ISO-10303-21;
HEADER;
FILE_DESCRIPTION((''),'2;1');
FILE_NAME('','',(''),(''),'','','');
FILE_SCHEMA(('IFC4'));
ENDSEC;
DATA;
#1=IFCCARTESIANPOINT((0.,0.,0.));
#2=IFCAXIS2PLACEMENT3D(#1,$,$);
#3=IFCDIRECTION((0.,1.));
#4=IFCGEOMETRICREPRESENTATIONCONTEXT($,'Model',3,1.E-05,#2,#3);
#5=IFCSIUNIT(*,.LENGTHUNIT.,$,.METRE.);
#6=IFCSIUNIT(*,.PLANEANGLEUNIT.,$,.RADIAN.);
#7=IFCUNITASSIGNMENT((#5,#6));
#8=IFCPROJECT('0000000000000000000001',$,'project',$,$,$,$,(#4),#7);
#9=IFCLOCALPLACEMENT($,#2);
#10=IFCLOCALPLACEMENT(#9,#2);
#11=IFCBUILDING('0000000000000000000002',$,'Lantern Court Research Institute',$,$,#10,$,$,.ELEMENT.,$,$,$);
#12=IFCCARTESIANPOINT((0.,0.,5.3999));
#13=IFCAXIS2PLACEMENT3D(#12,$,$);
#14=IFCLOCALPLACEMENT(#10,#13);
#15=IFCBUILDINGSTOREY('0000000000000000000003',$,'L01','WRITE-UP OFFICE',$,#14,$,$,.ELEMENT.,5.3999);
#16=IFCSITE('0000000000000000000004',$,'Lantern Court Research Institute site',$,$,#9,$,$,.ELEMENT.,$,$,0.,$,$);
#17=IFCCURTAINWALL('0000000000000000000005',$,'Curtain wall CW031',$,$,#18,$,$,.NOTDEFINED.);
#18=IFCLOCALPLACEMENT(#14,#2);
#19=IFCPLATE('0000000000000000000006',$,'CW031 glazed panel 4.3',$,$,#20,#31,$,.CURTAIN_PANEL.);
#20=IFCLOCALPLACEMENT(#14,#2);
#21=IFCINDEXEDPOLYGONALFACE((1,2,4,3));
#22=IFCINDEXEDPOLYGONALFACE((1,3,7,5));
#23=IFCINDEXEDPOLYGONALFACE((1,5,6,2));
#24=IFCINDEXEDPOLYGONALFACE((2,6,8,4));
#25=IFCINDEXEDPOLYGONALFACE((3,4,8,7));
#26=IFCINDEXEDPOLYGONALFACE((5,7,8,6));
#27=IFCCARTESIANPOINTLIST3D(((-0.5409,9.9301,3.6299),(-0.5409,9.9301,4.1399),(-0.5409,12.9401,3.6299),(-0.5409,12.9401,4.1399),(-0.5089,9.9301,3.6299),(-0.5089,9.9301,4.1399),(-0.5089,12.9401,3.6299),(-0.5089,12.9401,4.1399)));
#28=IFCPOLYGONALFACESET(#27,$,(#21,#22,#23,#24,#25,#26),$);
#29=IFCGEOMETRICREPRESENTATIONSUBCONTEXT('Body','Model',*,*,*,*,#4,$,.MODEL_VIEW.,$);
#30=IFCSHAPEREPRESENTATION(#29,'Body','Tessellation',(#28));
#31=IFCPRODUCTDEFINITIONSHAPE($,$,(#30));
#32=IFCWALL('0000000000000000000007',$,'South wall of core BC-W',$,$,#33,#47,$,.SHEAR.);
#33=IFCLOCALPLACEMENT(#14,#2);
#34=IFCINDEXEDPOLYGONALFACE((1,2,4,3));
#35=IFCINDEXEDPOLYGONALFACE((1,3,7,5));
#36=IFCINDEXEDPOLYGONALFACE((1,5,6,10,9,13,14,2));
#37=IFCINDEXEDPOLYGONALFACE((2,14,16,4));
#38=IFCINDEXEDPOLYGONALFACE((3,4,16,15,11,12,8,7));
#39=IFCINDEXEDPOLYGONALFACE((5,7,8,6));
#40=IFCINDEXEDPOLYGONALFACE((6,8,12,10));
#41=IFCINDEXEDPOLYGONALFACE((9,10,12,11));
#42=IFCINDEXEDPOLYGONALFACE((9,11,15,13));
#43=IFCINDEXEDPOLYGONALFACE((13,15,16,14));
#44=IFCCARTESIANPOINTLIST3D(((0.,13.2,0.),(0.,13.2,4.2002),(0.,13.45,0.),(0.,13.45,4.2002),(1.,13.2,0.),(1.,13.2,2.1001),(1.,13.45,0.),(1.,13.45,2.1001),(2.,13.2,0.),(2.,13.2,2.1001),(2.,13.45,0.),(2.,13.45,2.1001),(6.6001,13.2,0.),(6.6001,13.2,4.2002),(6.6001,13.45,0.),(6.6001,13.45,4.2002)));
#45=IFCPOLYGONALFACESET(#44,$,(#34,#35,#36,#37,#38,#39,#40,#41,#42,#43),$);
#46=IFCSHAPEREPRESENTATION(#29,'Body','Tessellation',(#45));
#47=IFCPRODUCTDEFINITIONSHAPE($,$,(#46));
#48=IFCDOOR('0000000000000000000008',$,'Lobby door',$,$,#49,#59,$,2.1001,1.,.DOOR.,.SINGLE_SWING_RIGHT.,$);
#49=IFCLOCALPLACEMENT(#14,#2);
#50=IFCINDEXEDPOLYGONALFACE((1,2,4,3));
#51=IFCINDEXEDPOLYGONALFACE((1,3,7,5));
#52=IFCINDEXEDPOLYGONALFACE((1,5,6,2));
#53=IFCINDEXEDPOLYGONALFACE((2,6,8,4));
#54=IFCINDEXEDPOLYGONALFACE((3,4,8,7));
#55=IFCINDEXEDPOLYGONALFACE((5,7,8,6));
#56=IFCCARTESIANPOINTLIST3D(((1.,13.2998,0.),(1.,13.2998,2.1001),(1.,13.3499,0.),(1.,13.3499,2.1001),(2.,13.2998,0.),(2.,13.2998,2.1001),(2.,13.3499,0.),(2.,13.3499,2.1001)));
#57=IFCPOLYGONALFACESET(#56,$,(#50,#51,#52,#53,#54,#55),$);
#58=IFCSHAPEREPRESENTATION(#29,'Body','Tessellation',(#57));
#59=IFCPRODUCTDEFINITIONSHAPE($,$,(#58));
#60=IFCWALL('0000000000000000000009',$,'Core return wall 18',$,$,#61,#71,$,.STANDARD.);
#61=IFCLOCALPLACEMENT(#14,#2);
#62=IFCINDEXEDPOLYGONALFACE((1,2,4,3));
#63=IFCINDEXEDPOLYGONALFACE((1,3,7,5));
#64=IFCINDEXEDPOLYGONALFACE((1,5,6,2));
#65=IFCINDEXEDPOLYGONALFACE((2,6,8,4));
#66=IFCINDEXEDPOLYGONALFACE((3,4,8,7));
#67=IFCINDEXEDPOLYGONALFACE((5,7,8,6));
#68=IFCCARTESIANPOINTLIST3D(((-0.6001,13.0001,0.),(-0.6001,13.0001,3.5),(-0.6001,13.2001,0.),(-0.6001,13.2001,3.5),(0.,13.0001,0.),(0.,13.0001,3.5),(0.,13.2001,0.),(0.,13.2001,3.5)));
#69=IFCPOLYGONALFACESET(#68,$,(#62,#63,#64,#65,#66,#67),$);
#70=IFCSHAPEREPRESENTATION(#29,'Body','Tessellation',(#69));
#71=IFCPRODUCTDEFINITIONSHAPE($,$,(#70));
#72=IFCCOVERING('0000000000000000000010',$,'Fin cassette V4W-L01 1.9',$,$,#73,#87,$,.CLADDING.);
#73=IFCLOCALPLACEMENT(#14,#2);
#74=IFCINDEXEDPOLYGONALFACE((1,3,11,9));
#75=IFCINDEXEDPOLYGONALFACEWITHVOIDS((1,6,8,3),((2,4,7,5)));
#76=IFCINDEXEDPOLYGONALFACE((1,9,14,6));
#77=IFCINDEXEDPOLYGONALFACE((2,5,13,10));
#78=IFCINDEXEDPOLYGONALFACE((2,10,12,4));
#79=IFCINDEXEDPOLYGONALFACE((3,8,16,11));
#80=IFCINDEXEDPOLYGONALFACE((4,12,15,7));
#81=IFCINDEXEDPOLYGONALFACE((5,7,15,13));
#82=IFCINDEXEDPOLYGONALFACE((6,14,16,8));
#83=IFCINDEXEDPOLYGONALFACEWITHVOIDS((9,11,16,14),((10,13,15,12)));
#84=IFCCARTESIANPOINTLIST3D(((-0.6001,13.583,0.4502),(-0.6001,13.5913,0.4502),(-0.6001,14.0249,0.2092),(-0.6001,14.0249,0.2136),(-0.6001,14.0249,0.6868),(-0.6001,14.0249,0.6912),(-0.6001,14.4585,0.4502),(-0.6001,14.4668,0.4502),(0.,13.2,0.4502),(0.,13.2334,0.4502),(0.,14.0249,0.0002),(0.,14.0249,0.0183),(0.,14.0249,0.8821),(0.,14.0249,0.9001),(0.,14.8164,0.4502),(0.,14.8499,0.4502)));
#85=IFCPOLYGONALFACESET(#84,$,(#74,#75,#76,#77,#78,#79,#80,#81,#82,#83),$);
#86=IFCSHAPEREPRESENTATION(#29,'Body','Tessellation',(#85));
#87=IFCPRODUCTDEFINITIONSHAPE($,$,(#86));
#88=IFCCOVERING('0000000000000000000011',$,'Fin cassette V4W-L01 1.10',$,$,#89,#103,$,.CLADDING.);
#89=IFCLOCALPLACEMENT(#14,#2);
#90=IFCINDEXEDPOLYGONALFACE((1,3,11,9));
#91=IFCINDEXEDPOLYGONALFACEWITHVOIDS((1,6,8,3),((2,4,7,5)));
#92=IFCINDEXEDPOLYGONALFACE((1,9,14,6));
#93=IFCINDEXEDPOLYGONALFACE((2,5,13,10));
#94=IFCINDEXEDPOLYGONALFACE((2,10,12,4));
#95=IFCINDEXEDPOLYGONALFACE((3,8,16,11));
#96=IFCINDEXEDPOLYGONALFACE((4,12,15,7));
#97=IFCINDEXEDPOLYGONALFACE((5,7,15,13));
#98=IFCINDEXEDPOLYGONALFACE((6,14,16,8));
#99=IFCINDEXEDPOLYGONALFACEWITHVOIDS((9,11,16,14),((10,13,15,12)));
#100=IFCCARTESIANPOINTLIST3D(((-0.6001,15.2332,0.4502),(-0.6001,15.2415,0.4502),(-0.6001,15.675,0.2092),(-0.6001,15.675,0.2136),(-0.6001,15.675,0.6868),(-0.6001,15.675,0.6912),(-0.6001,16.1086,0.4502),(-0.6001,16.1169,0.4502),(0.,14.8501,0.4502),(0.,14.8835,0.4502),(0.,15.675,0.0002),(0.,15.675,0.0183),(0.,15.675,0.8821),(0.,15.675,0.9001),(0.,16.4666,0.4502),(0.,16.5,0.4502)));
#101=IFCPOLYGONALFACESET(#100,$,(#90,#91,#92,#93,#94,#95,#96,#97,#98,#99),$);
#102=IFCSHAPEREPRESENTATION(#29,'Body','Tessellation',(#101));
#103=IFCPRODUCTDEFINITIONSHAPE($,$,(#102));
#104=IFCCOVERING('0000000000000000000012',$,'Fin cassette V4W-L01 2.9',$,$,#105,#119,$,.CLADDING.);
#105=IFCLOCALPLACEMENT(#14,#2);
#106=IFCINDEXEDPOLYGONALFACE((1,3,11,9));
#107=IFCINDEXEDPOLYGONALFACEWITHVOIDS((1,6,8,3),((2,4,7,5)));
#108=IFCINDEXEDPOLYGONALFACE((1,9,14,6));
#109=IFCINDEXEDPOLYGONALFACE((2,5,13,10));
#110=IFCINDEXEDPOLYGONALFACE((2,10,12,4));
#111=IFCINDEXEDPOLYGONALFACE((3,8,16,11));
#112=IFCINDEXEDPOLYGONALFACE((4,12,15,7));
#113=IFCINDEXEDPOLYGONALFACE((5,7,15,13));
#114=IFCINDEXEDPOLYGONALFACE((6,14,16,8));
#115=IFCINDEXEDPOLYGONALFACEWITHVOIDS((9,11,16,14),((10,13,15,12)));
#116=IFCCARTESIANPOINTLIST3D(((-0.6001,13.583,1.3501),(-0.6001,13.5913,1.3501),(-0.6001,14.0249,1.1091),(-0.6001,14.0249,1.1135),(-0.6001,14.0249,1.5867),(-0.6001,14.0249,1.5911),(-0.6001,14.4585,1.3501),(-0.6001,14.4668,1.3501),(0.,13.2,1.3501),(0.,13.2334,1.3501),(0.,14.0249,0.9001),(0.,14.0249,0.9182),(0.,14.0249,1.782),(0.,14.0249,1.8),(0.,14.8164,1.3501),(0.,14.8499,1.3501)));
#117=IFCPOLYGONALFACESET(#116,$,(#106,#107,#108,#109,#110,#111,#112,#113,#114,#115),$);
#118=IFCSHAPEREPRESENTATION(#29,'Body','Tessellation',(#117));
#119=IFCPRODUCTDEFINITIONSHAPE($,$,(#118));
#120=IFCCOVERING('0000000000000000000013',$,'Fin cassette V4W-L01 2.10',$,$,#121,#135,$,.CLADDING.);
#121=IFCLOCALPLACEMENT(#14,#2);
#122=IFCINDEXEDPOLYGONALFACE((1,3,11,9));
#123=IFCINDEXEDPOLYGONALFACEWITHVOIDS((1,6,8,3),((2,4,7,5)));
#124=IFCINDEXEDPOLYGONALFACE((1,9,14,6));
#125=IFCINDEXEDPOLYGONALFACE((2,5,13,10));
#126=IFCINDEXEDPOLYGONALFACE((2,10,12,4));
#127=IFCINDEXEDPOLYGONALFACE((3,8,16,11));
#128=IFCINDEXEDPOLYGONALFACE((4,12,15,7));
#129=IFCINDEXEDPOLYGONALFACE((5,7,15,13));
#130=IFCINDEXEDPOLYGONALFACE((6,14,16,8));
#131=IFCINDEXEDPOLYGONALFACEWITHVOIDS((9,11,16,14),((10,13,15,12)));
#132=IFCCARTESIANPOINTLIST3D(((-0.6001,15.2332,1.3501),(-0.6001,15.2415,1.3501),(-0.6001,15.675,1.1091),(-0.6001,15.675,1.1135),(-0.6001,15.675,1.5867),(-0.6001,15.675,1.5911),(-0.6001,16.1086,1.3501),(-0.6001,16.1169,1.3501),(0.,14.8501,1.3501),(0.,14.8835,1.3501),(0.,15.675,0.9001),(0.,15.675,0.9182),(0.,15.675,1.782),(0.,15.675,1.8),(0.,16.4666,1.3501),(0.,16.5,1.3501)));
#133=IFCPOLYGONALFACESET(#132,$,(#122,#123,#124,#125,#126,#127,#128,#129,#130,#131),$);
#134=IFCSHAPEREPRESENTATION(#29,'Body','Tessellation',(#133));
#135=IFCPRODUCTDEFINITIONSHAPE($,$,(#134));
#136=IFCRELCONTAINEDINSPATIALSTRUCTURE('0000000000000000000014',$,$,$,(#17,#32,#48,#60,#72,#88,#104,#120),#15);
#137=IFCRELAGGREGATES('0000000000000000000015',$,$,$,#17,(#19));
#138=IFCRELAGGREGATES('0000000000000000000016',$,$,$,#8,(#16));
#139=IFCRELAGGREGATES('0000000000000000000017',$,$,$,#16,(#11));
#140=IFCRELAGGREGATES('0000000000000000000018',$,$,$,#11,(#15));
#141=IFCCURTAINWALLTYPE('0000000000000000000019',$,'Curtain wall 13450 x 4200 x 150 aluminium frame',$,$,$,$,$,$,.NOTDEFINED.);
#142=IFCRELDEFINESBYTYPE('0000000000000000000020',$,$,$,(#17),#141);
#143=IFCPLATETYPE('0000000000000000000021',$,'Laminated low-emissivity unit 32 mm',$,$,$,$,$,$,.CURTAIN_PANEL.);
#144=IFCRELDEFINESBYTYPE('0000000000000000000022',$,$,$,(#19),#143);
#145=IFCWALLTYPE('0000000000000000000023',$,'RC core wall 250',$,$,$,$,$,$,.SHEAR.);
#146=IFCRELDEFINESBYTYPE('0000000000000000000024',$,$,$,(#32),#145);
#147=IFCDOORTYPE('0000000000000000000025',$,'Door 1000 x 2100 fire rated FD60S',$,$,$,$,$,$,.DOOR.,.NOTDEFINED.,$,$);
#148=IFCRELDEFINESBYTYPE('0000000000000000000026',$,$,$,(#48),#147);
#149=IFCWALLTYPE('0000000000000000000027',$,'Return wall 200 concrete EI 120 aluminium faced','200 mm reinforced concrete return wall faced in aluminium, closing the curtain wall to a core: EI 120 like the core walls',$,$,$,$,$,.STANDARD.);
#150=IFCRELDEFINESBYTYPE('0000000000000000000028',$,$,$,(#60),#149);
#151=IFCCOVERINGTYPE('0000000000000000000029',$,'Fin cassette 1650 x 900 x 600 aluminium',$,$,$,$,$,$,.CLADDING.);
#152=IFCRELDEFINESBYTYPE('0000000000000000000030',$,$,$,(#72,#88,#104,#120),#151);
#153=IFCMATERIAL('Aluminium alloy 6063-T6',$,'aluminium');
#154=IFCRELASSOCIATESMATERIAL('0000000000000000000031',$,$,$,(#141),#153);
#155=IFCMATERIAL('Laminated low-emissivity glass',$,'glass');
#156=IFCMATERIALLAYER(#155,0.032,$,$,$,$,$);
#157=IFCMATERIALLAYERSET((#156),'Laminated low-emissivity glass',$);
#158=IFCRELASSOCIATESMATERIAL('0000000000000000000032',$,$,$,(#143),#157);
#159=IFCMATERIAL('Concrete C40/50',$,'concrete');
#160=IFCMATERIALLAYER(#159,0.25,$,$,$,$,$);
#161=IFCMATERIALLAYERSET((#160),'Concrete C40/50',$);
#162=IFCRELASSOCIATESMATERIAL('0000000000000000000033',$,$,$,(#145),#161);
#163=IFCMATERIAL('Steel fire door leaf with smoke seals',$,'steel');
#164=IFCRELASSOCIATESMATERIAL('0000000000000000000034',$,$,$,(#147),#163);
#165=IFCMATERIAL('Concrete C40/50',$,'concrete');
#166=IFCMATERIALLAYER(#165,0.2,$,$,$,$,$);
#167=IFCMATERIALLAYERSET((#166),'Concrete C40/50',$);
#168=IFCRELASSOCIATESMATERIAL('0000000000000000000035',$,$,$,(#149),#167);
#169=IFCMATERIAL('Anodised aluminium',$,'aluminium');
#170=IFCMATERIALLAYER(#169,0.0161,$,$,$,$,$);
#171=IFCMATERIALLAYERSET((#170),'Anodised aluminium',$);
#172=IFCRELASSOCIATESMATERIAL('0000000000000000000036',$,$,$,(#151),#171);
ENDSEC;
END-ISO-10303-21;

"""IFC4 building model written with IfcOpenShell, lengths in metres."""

from ifc_helpers import new_model, entity, si_unit, direction, frame, frame_2d, origin, origin_2d, place, context, subcontext, project, spatial, rectangle, extrude, material, layer, layer_set, type_object, element, fill, aggregate, save


model = new_model("IFC4")

# Units and contexts
model_context = context("Model", 3, precision=1e-05, world=origin(), true_north=direction((0.0, 1.0)))
body_context = subcontext(model_context, "Body", "Model", "MODEL_VIEW")
ifc_project = project(units=[si_unit("LENGTHUNIT", "METRE"), si_unit("PLANEANGLEUNIT", "RADIAN")], contexts=[model_context])

# Site, building, storey
site_placement = place(None, origin())
site = spatial("IfcSite", under=ifc_project, at=site_placement, Name="Lantern Court Research Institute site", CompositionType="ELEMENT", RefElevation=0.0)
building_placement = place(site_placement, origin())
building = spatial("IfcBuilding", under=site, at=building_placement, Name="Lantern Court Research Institute", CompositionType="ELEMENT")
storey_placement = place(building_placement, frame((0.0, 0.0, 5.3999)))
storey = spatial("IfcBuildingStorey", under=building, at=storey_placement, Name="L01", Description="WRITE-UP OFFICE", CompositionType="ELEMENT", Elevation=5.3999)

# Curtain wall
ifc_material_1 = material(Name="Aluminium alloy 6063-T6", Category="aluminium")
curtain_wall_type = type_object("IfcCurtainWallType", Name="Curtain wall 13450 x 4200 x 150 aluminium frame", PredefinedType="NOTDEFINED", material=ifc_material_1)
curtain_wall_placement = place(storey_placement, origin())
curtain_wall = element("IfcCurtainWall", 1, at=curtain_wall_placement, inside=storey, type_object=curtain_wall_type, Name="Curtain wall CW031", PredefinedType="NOTDEFINED")

# Plate
ifc_material_2 = material(Name="Laminated low-emissivity glass", Category="glass")
ifc_layer_1 = layer(ifc_material_2, 0.032)
ifc_layer_set_1 = layer_set([ifc_layer_1], Name="Laminated low-emissivity glass")
plate_type_1 = type_object("IfcPlateType", Name="Laminated low-emissivity unit 32 mm", PredefinedType="CURTAIN_PANEL", material=ifc_layer_set_1)
plate_1_placement = place(storey_placement, frame((-0.5249, 11.4351, 3.6299), z_axis=(0.0, 0.0, 1.0), x_axis=(0.0, 1.0, 0.0)))
plate_1 = element("IfcPlate", 2, at=plate_1_placement, type_object=plate_type_1, Name="CW031 glazed panel 4.3", PredefinedType="CURTAIN_PANEL", context=body_context, shape_type="SweptSolid", body=[
    extrude(rectangle(XDim=3.01, YDim=0.032, at=origin_2d()), origin(), (0.0, 0.0, 1.0), 0.51),
])
aggregate(curtain_wall, [plate_1])

# Wall, opening, door
ifc_material_3 = material(Name="Concrete C40/50", Category="concrete")
ifc_layer_2 = layer(ifc_material_3, 0.25)
ifc_layer_set_2 = layer_set([ifc_layer_2], Name="Concrete C40/50")
wall_type_1 = type_object("IfcWallType", Name="RC core wall 250", PredefinedType="SHEAR", material=ifc_layer_set_2)
wall_1_placement = place(storey_placement, frame((0.0, 13.325, 0.0), z_axis=(0.0, 0.0, 1.0), x_axis=(1.0, 0.0, 0.0)))
wall_1 = element("IfcWall", 3, at=wall_1_placement, inside=storey, type_object=wall_type_1, Name="South wall of core BC-W", PredefinedType="SHEAR", context=body_context, shape_type="SweptSolid", body=[
    extrude(rectangle(XDim=6.6001, YDim=0.25, at=frame_2d((3.3, 0.0))), origin(), (0.0, 0.0, 1.0), 4.2002),
])
opening_placement = place(wall_1_placement, frame((1.0, 0.0, 0.0)))
opening = element("IfcOpeningElement", 4, at=opening_placement, cuts=wall_1, PredefinedType="OPENING", context=body_context, shape_type="SweptSolid", body=[
    extrude(rectangle(XDim=1.0, YDim=2.1001, at=frame_2d((0.5, 1.05))), frame((0.0, 0.135, 0.0), z_axis=(0.0, -1.0, 0.0), x_axis=(1.0, 0.0, 0.0)), (0.0, 0.0, 1.0), 0.27),
])
ifc_material_4 = material(Name="Steel fire door leaf with smoke seals", Category="steel")
door_type = type_object("IfcDoorType", Name="Door 1000 x 2100 fire rated FD60S", OperationType="NOTDEFINED", PredefinedType="DOOR", material=ifc_material_4)
door_placement = place(opening_placement, origin())
door = element("IfcDoor", 5, at=door_placement, inside=storey, type_object=door_type, Name="Lobby door", OperationType="SINGLE_SWING_RIGHT", OverallHeight=2.1001, OverallWidth=1.0, PredefinedType="DOOR", context=body_context, shape_type="SweptSolid", body=[
    extrude(rectangle(XDim=1.0, YDim=2.1001, at=frame_2d((0.5, 1.05))), frame((0.0, 0.0249, 0.0), z_axis=(0.0, -1.0, 0.0), x_axis=(1.0, 0.0, 0.0)), (0.0, 0.0, 1.0), 0.05),
])
fill(opening, door)

# Wall
ifc_material_5 = material(Name="Concrete C40/50", Category="concrete")
ifc_layer_3 = layer(ifc_material_5, 0.2)
ifc_layer_set_3 = layer_set([ifc_layer_3], Name="Concrete C40/50")
wall_type_2 = type_object("IfcWallType", Name="Return wall 200 concrete EI 120 aluminium faced", Description="200 mm reinforced concrete return wall faced in aluminium, closing the curtain wall to a core: EI 120 like the core walls", PredefinedType="STANDARD", material=ifc_layer_set_3)
wall_2_placement = place(storey_placement, frame((0.0, 13.1001, 0.0), z_axis=(0.0, 0.0, 1.0), x_axis=(-1.0, 0.0, 0.0)))
element("IfcWall", 6, at=wall_2_placement, inside=storey, type_object=wall_type_2, Name="Core return wall 18", PredefinedType="STANDARD", context=body_context, shape_type="SweptSolid", body=[
    extrude(rectangle(XDim=0.6001, YDim=0.2, at=frame_2d((0.3, 0.0))), origin(), (0.0, 0.0, 1.0), 3.5),
])

# Coverings
ifc_material_6 = material(Name="Anodised aluminium", Category="aluminium")
ifc_layer_4 = layer(ifc_material_6, 0.0161)
ifc_layer_set_4 = layer_set([ifc_layer_4], Name="Anodised aluminium")
covering_type = type_object("IfcCoveringType", Name="Fin cassette 1650 x 900 x 600 aluminium", PredefinedType="CLADDING", material=ifc_layer_set_4)
covering_1_placement = place(storey_placement, frame((0.0, 14.0249, 0.4502), z_axis=(-1.0, 0.0, 0.0), x_axis=(0.0, -1.0, 0.0)))
cartesian_point_1 = entity("IfcCartesianPoint", [0.825, 0.0])
cartesian_point_2 = entity("IfcCartesianPoint", [0.7915, 0.0])
cartesian_point_3 = entity("IfcCartesianPoint", [0.4419, 0.0])
cartesian_point_4 = entity("IfcCartesianPoint", [0.4336, 0.0])
element("IfcCovering", 7, at=covering_1_placement, inside=storey, type_object=covering_type, Name="Fin cassette V4W-L01 1.9", PredefinedType="CLADDING", context=body_context, shape_type="SweptSolid", body=[
    entity("IfcExtrudedAreaSolidTapered", entity("IfcArbitraryProfileDefWithVoids", "AREA", None, entity("IfcPolyline", [cartesian_point_1, entity("IfcCartesianPoint", [0.0, 0.45]), entity("IfcCartesianPoint", [-0.825, 0.0]), entity("IfcCartesianPoint", [0.0, -0.45]), cartesian_point_1]), [entity("IfcPolyline", [cartesian_point_2, entity("IfcCartesianPoint", [0.0, 0.4319]), entity("IfcCartesianPoint", [-0.7915, 0.0]), entity("IfcCartesianPoint", [0.0, -0.4319]), cartesian_point_2])]), entity("IfcAxis2Placement3D", entity("IfcCartesianPoint", [0.0, 0.0, 0.0])), entity("IfcDirection", [0.0, 0.0, 1.0]), 0.6001, entity("IfcArbitraryProfileDefWithVoids", "AREA", None, entity("IfcPolyline", [cartesian_point_3, entity("IfcCartesianPoint", [0.0, 0.241]), entity("IfcCartesianPoint", [-0.4419, 0.0]), entity("IfcCartesianPoint", [0.0, -0.241]), cartesian_point_3]), [entity("IfcPolyline", [cartesian_point_4, entity("IfcCartesianPoint", [0.0, 0.2366]), entity("IfcCartesianPoint", [-0.4336, 0.0]), entity("IfcCartesianPoint", [0.0, -0.2366]), cartesian_point_4])])),
])
covering_2_placement = place(storey_placement, frame((0.0, 15.675, 0.4502), z_axis=(-1.0, 0.0, 0.0), x_axis=(0.0, -1.0, 0.0)))
cartesian_point_5 = entity("IfcCartesianPoint", [0.825, 0.0])
cartesian_point_6 = entity("IfcCartesianPoint", [0.7915, 0.0])
cartesian_point_7 = entity("IfcCartesianPoint", [0.4419, 0.0])
cartesian_point_8 = entity("IfcCartesianPoint", [0.4336, 0.0])
element("IfcCovering", 8, at=covering_2_placement, inside=storey, type_object=covering_type, Name="Fin cassette V4W-L01 1.10", PredefinedType="CLADDING", context=body_context, shape_type="SweptSolid", body=[
    entity("IfcExtrudedAreaSolidTapered", entity("IfcArbitraryProfileDefWithVoids", "AREA", None, entity("IfcPolyline", [cartesian_point_5, entity("IfcCartesianPoint", [0.0, 0.45]), entity("IfcCartesianPoint", [-0.825, 0.0]), entity("IfcCartesianPoint", [0.0, -0.45]), cartesian_point_5]), [entity("IfcPolyline", [cartesian_point_6, entity("IfcCartesianPoint", [0.0, 0.4319]), entity("IfcCartesianPoint", [-0.7915, 0.0]), entity("IfcCartesianPoint", [0.0, -0.4319]), cartesian_point_6])]), entity("IfcAxis2Placement3D", entity("IfcCartesianPoint", [0.0, 0.0, 0.0])), entity("IfcDirection", [0.0, 0.0, 1.0]), 0.6001, entity("IfcArbitraryProfileDefWithVoids", "AREA", None, entity("IfcPolyline", [cartesian_point_7, entity("IfcCartesianPoint", [0.0, 0.241]), entity("IfcCartesianPoint", [-0.4419, 0.0]), entity("IfcCartesianPoint", [0.0, -0.241]), cartesian_point_7]), [entity("IfcPolyline", [cartesian_point_8, entity("IfcCartesianPoint", [0.0, 0.2366]), entity("IfcCartesianPoint", [-0.4336, 0.0]), entity("IfcCartesianPoint", [0.0, -0.2366]), cartesian_point_8])])),
])
covering_3_placement = place(storey_placement, frame((0.0, 14.0249, 1.3501), z_axis=(-1.0, 0.0, 0.0), x_axis=(0.0, -1.0, 0.0)))
cartesian_point_9 = entity("IfcCartesianPoint", [0.825, 0.0])
cartesian_point_10 = entity("IfcCartesianPoint", [0.7915, 0.0])
cartesian_point_11 = entity("IfcCartesianPoint", [0.4419, 0.0])
cartesian_point_12 = entity("IfcCartesianPoint", [0.4336, 0.0])
element("IfcCovering", 9, at=covering_3_placement, inside=storey, type_object=covering_type, Name="Fin cassette V4W-L01 2.9", PredefinedType="CLADDING", context=body_context, shape_type="SweptSolid", body=[
    entity("IfcExtrudedAreaSolidTapered", entity("IfcArbitraryProfileDefWithVoids", "AREA", None, entity("IfcPolyline", [cartesian_point_9, entity("IfcCartesianPoint", [0.0, 0.45]), entity("IfcCartesianPoint", [-0.825, 0.0]), entity("IfcCartesianPoint", [0.0, -0.45]), cartesian_point_9]), [entity("IfcPolyline", [cartesian_point_10, entity("IfcCartesianPoint", [0.0, 0.4319]), entity("IfcCartesianPoint", [-0.7915, 0.0]), entity("IfcCartesianPoint", [0.0, -0.4319]), cartesian_point_10])]), entity("IfcAxis2Placement3D", entity("IfcCartesianPoint", [0.0, 0.0, 0.0])), entity("IfcDirection", [0.0, 0.0, 1.0]), 0.6001, entity("IfcArbitraryProfileDefWithVoids", "AREA", None, entity("IfcPolyline", [cartesian_point_11, entity("IfcCartesianPoint", [0.0, 0.241]), entity("IfcCartesianPoint", [-0.4419, 0.0]), entity("IfcCartesianPoint", [0.0, -0.241]), cartesian_point_11]), [entity("IfcPolyline", [cartesian_point_12, entity("IfcCartesianPoint", [0.0, 0.2366]), entity("IfcCartesianPoint", [-0.4336, 0.0]), entity("IfcCartesianPoint", [0.0, -0.2366]), cartesian_point_12])])),
])
covering_4_placement = place(storey_placement, frame((0.0, 15.675, 1.3501), z_axis=(-1.0, 0.0, 0.0), x_axis=(0.0, -1.0, 0.0)))
cartesian_point_13 = entity("IfcCartesianPoint", [0.825, 0.0])
cartesian_point_14 = entity("IfcCartesianPoint", [0.7915, 0.0])
cartesian_point_15 = entity("IfcCartesianPoint", [0.4419, 0.0])
cartesian_point_16 = entity("IfcCartesianPoint", [0.4336, 0.0])
element("IfcCovering", 10, at=covering_4_placement, inside=storey, type_object=covering_type, Name="Fin cassette V4W-L01 2.10", PredefinedType="CLADDING", context=body_context, shape_type="SweptSolid", body=[
    entity("IfcExtrudedAreaSolidTapered", entity("IfcArbitraryProfileDefWithVoids", "AREA", None, entity("IfcPolyline", [cartesian_point_13, entity("IfcCartesianPoint", [0.0, 0.45]), entity("IfcCartesianPoint", [-0.825, 0.0]), entity("IfcCartesianPoint", [0.0, -0.45]), cartesian_point_13]), [entity("IfcPolyline", [cartesian_point_14, entity("IfcCartesianPoint", [0.0, 0.4319]), entity("IfcCartesianPoint", [-0.7915, 0.0]), entity("IfcCartesianPoint", [0.0, -0.4319]), cartesian_point_14])]), entity("IfcAxis2Placement3D", entity("IfcCartesianPoint", [0.0, 0.0, 0.0])), entity("IfcDirection", [0.0, 0.0, 1.0]), 0.6001, entity("IfcArbitraryProfileDefWithVoids", "AREA", None, entity("IfcPolyline", [cartesian_point_15, entity("IfcCartesianPoint", [0.0, 0.241]), entity("IfcCartesianPoint", [-0.4419, 0.0]), entity("IfcCartesianPoint", [0.0, -0.241]), cartesian_point_15]), [entity("IfcPolyline", [cartesian_point_16, entity("IfcCartesianPoint", [0.0, 0.2366]), entity("IfcCartesianPoint", [-0.4336, 0.0]), entity("IfcCartesianPoint", [0.0, -0.2366]), cartesian_point_16])])),
])

save(model, "model.ifc")
